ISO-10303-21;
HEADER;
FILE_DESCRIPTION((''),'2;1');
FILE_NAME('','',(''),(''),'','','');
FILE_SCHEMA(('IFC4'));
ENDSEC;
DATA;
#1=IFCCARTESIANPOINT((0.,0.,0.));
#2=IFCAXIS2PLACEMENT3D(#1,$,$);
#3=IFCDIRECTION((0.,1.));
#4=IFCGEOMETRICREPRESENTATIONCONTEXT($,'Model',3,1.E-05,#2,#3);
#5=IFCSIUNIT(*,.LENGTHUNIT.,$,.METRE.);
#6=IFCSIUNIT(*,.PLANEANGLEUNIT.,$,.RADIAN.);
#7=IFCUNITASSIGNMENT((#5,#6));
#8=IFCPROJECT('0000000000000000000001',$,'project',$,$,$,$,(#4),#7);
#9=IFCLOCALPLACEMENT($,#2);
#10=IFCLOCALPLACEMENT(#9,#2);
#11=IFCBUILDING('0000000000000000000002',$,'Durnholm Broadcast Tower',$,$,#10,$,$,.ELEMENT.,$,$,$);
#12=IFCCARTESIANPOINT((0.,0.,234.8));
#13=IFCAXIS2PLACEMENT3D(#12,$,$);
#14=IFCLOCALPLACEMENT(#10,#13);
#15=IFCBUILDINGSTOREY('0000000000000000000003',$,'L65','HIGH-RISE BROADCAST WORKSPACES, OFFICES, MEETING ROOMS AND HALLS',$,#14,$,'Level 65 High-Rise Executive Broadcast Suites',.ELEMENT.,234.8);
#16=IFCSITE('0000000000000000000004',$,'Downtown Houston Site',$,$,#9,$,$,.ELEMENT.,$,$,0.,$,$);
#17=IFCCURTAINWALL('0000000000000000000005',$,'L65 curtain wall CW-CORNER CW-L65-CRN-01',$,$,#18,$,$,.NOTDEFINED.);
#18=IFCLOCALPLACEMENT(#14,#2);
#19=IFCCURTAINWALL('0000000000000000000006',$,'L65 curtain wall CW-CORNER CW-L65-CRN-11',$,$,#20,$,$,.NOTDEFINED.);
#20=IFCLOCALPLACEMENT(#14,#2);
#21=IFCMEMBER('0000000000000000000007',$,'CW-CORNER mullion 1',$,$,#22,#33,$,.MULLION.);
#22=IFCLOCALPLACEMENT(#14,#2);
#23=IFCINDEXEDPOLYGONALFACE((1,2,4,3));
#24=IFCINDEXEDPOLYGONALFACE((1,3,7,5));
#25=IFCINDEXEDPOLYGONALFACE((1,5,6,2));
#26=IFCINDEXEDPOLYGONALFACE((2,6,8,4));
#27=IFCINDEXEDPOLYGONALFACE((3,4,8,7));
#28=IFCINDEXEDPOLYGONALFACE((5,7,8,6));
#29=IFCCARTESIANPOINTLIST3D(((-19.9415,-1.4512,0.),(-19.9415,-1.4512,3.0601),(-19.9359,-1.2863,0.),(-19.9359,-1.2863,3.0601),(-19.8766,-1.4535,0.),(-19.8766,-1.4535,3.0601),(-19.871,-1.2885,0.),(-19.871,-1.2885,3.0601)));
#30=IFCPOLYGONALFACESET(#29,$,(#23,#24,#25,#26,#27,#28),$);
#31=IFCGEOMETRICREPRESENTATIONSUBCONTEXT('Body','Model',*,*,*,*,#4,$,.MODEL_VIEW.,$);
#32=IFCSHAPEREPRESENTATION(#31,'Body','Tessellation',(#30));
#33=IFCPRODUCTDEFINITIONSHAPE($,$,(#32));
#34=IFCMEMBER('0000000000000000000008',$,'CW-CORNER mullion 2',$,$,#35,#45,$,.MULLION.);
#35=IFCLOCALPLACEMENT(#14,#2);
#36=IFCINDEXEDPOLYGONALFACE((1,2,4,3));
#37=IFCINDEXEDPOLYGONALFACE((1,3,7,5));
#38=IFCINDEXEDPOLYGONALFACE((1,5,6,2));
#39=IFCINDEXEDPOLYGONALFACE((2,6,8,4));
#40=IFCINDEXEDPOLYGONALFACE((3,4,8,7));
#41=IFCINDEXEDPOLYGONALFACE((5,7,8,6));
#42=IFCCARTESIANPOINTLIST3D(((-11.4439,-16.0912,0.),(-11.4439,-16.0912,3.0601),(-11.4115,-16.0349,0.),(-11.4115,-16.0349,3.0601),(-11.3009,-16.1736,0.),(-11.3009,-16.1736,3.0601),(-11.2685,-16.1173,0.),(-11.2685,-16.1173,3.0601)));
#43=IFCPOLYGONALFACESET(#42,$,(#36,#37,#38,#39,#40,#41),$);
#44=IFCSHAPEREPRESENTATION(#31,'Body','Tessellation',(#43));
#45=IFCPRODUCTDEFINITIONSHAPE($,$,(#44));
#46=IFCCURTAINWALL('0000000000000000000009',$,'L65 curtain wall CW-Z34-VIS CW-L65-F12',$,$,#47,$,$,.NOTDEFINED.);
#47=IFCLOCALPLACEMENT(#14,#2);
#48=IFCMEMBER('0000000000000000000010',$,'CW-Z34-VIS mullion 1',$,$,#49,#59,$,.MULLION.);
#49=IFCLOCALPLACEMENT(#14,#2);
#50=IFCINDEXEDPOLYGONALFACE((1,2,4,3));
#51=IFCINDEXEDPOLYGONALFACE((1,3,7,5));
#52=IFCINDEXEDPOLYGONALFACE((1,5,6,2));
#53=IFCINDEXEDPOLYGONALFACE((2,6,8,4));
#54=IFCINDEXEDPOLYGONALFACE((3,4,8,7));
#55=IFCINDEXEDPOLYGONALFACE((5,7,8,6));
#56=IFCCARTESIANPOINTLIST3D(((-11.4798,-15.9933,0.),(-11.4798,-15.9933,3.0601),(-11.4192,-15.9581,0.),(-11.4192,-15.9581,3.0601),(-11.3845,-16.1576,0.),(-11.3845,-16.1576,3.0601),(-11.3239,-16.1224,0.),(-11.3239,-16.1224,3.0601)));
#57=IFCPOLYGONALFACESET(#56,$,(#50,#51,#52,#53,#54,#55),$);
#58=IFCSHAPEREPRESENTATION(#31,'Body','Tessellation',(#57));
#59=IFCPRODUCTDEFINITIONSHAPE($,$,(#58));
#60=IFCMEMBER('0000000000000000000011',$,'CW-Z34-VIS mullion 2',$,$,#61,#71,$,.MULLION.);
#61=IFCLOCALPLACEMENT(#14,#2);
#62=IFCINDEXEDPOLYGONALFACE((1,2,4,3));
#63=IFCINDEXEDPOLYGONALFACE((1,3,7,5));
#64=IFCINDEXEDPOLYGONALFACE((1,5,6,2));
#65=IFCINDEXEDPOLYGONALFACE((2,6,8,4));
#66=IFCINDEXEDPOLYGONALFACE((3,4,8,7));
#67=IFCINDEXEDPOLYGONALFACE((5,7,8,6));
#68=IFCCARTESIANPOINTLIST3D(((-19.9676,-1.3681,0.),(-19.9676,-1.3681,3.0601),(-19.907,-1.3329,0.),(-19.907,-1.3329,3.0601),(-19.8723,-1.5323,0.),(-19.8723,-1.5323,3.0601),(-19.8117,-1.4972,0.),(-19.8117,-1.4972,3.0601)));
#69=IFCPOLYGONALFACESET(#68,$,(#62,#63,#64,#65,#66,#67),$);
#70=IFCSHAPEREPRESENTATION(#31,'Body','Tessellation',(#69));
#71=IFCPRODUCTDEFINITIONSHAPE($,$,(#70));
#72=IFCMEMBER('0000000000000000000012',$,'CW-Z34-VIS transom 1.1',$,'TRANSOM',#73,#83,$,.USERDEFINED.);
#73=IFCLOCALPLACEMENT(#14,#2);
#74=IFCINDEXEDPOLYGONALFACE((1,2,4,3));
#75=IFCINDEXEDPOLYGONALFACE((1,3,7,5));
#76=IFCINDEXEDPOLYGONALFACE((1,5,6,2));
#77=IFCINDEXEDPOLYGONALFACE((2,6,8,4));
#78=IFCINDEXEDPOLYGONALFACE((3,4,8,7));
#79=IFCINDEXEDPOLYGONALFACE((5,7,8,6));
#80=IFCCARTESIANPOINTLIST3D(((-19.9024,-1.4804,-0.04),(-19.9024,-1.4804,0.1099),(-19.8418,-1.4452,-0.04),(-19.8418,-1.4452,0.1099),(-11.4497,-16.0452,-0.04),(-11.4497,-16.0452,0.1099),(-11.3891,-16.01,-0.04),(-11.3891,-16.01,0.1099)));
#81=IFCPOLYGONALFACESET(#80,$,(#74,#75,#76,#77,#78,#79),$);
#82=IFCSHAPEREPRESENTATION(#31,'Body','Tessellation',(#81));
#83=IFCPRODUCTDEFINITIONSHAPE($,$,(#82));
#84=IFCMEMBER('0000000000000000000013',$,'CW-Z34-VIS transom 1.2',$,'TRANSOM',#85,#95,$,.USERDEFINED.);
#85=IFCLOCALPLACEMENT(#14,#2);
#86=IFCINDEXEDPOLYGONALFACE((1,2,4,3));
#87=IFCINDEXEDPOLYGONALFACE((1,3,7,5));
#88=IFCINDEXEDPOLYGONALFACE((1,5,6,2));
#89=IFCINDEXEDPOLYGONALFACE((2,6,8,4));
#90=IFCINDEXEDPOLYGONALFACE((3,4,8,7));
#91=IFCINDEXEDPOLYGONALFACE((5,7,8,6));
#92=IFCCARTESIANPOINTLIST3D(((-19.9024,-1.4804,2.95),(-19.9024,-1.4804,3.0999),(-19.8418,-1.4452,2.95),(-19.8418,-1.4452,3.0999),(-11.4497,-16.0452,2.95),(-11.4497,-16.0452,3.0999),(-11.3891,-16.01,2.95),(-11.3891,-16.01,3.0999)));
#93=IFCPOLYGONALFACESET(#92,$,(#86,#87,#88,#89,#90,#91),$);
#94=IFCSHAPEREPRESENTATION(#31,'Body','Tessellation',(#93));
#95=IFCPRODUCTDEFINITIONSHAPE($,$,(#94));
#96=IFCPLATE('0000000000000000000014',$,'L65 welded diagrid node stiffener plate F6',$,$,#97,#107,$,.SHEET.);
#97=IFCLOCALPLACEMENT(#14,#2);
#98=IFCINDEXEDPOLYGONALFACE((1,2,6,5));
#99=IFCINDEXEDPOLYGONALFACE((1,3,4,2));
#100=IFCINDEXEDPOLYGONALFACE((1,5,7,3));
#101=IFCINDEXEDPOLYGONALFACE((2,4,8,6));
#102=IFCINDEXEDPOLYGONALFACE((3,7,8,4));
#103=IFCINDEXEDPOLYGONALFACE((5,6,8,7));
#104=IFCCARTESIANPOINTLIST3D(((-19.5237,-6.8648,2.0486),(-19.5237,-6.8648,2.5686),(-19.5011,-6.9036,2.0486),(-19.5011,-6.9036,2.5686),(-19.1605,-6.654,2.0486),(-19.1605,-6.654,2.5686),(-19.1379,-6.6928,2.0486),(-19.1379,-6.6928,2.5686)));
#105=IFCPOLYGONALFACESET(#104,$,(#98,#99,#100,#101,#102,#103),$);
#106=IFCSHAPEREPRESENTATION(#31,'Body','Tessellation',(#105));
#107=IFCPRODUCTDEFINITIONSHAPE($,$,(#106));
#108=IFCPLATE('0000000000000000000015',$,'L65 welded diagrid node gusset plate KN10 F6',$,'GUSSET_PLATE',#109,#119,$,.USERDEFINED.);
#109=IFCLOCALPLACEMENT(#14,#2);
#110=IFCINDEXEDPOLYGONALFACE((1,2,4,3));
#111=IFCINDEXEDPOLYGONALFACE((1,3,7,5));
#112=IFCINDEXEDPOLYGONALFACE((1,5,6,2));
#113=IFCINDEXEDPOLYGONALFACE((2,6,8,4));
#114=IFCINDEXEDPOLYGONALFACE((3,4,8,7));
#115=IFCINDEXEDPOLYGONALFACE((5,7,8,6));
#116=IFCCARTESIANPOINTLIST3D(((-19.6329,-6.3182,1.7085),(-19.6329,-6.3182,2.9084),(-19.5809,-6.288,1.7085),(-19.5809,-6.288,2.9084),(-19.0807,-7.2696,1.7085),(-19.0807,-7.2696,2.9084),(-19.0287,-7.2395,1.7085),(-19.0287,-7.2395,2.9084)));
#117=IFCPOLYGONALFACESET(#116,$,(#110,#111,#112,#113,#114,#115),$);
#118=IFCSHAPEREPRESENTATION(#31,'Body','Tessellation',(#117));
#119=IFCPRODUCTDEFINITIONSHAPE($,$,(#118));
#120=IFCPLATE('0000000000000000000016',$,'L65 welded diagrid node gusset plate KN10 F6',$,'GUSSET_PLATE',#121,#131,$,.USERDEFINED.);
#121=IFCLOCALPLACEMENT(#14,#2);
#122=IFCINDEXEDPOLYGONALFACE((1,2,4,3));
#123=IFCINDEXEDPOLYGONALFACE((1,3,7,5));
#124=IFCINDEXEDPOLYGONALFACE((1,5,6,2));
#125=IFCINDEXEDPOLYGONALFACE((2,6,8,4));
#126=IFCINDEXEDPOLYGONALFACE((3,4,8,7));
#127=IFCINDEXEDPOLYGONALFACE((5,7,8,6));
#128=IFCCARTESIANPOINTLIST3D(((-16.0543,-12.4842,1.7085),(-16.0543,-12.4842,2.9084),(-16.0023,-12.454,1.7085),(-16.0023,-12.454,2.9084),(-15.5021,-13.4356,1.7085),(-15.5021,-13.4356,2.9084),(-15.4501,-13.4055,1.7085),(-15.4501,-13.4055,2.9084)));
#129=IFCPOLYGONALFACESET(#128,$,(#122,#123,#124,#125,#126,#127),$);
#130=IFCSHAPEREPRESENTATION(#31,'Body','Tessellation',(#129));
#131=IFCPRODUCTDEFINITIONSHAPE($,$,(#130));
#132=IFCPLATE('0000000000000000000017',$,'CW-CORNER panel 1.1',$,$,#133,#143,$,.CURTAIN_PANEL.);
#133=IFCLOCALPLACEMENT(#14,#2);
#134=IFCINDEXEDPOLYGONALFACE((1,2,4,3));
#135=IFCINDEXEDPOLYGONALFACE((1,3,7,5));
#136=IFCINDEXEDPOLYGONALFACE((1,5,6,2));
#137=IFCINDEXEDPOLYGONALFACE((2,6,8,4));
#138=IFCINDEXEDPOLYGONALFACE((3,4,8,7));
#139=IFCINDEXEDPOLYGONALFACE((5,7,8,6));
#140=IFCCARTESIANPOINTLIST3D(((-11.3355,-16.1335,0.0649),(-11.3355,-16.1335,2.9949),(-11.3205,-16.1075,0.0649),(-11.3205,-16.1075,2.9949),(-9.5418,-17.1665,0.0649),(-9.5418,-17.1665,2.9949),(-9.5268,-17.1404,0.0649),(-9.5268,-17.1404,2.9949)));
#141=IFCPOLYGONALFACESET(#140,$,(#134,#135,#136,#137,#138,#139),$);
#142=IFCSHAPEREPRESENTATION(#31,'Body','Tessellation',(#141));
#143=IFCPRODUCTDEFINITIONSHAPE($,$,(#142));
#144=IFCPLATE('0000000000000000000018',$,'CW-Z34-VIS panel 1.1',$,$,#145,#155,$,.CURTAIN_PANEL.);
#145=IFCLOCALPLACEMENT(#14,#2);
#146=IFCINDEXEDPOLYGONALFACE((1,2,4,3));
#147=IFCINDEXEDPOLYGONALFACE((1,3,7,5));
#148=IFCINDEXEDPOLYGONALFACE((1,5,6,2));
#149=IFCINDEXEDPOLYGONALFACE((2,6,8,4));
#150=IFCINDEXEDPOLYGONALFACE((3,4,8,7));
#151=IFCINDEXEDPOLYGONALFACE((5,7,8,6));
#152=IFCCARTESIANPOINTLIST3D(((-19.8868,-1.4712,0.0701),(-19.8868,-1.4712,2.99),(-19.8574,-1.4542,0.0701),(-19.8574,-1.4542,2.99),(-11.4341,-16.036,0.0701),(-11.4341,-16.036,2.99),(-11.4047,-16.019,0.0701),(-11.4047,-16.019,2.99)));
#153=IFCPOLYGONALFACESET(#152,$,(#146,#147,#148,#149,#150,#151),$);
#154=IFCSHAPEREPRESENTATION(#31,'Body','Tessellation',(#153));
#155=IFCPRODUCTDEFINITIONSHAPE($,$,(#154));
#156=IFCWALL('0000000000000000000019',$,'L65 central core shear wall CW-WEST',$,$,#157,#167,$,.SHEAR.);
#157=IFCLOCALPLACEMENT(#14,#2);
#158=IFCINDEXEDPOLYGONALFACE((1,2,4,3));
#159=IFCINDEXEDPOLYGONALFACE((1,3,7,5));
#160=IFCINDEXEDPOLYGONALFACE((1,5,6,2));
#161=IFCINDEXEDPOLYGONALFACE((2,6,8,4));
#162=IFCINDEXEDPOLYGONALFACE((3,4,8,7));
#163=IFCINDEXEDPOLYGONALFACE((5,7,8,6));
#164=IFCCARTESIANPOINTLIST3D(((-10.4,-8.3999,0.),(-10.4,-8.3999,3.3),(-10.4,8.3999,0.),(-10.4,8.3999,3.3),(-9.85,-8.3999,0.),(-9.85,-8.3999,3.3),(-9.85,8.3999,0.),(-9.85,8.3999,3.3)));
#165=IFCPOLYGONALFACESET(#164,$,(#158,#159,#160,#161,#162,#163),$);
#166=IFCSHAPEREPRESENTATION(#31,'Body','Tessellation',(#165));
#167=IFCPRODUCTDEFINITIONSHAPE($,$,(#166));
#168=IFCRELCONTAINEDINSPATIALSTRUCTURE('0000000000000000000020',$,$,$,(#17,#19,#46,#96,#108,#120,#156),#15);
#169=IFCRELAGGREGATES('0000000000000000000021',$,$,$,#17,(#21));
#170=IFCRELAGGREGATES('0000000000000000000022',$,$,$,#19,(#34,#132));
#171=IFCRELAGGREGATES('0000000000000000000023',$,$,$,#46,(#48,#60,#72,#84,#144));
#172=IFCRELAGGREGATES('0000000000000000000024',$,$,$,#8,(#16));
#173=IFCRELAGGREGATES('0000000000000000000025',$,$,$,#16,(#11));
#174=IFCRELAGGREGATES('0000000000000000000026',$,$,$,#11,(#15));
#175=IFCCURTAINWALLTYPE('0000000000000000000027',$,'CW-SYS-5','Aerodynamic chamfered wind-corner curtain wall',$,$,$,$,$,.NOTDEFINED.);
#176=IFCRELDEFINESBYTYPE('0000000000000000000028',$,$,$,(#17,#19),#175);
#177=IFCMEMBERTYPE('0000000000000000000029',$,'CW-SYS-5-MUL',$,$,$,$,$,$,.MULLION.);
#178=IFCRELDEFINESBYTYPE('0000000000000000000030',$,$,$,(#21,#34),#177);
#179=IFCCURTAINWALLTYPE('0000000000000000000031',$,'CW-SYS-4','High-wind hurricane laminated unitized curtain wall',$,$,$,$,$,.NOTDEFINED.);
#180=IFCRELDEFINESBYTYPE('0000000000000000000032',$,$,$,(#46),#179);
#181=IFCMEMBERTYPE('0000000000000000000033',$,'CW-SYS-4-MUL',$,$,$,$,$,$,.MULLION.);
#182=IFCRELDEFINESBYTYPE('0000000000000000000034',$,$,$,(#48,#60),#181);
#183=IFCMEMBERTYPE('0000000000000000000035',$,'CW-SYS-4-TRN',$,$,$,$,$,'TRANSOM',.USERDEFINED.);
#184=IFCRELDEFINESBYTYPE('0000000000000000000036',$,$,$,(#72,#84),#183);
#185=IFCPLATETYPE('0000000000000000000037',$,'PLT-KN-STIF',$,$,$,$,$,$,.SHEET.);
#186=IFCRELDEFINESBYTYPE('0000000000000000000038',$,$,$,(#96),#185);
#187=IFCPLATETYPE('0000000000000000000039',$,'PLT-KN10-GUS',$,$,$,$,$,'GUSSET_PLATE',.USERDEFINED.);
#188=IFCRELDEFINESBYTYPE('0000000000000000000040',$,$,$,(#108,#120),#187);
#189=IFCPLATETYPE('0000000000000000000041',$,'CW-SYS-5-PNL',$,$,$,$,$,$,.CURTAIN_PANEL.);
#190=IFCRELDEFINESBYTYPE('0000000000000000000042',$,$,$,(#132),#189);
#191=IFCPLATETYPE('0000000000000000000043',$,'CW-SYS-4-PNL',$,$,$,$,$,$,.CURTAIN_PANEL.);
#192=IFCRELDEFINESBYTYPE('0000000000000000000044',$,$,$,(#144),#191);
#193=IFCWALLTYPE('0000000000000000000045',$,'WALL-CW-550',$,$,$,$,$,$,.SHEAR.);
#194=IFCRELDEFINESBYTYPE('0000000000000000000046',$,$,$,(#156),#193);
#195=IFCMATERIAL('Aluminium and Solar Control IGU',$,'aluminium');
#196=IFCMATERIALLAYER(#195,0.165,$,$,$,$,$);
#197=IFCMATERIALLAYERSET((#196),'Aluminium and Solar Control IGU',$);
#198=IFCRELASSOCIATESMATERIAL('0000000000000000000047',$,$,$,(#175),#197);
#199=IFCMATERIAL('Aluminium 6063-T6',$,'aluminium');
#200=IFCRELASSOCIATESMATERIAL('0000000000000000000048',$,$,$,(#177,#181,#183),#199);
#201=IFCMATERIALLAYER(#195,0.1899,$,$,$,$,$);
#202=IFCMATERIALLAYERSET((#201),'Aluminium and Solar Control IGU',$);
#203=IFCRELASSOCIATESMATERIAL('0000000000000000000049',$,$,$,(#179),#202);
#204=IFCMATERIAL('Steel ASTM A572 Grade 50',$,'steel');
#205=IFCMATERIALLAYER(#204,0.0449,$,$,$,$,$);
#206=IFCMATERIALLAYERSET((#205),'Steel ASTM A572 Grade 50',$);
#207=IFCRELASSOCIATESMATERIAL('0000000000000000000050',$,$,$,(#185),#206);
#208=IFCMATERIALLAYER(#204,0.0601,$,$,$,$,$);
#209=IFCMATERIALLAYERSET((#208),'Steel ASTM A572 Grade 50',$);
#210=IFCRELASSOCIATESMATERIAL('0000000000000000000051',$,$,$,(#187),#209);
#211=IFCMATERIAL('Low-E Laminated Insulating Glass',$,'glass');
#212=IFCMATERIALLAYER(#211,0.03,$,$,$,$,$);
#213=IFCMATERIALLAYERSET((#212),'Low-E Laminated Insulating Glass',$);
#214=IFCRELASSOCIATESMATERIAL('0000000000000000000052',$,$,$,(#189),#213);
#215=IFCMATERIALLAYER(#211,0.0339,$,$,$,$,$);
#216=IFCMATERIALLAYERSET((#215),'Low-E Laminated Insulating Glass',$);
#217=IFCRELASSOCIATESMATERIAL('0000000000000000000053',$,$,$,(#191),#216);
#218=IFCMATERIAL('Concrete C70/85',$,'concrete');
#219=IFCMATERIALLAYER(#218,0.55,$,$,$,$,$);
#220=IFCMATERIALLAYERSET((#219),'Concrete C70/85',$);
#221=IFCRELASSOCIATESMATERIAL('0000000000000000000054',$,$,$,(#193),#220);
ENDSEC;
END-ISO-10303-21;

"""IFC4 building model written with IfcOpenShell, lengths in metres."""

from ifc_helpers import new_model, si_unit, direction, frame, frame_2d, origin, origin_2d, place, context, subcontext, project, spatial, rectangle, extrude, source, transform, mapped, material, layer, layer_set, material_profile, profile_set, type_object, type_shapes, element, aggregate, save


model = new_model("IFC4")

# Units and contexts
model_context = context("Model", 3, precision=1e-05, world=origin(), true_north=direction((0.0, 1.0)))
body_context = subcontext(model_context, "Body", "Model", "MODEL_VIEW")
ifc_project = project(units=[si_unit("LENGTHUNIT", "METRE"), si_unit("PLANEANGLEUNIT", "RADIAN")], contexts=[model_context])

# Site, building, storey
site_placement = place(None, origin())
site = spatial("IfcSite", under=ifc_project, at=site_placement, Name="Downtown Houston Site", CompositionType="ELEMENT", RefElevation=0.0)
building_placement = place(site_placement, origin())
building = spatial("IfcBuilding", under=site, at=building_placement, Name="Durnholm Broadcast Tower", CompositionType="ELEMENT")
storey_placement = place(building_placement, frame((0.0, 0.0, 234.8)))
storey = spatial("IfcBuildingStorey", under=building, at=storey_placement, Name="L65", Description="HIGH-RISE BROADCAST WORKSPACES, OFFICES, MEETING ROOMS AND HALLS", LongName="Level 65 High-Rise Executive Broadcast Suites", CompositionType="ELEMENT", Elevation=234.8)

# Shared definitions
ifc_material_1 = material(Name="Concrete C70/85", Category="concrete")

# Curtain wall
ifc_material_2 = material(Name="Aluminium and Solar Control IGU", Category="aluminium")
ifc_layer_1 = layer(ifc_material_2, 0.165)
ifc_layer_set_1 = layer_set([ifc_layer_1], Name="Aluminium and Solar Control IGU")
curtain_wall_type_1 = type_object("IfcCurtainWallType", Name="CW-SYS-5", Description="Aerodynamic chamfered wind-corner curtain wall", PredefinedType="NOTDEFINED", material=ifc_layer_set_1)
curtain_wall_1_placement = place(storey_placement, origin())
curtain_wall_1 = element("IfcCurtainWall", 1, at=curtain_wall_1_placement, inside=storey, type_object=curtain_wall_type_1, Name="L65 curtain wall CW-CORNER CW-L65-CRN-01", PredefinedType="NOTDEFINED")
ifc_material_3 = material(Name="Aluminium 6063-T6", Category="aluminium")

# Curtain wall
curtain_wall_2_placement = place(storey_placement, origin())
curtain_wall_2 = element("IfcCurtainWall", 2, at=curtain_wall_2_placement, inside=storey, type_object=curtain_wall_type_1, Name="L65 curtain wall CW-CORNER CW-L65-CRN-11", PredefinedType="NOTDEFINED")

# Members
ifc_material_profile_1 = material_profile(ifc_material_3, rectangle(XDim=0.0649, YDim=0.165, at=origin_2d()), Name="CWM65X165")
ifc_profile_set_1 = profile_set([ifc_material_profile_1], Name="Aluminium 6063-T6")
member_type_1 = type_object("IfcMemberType", Name="CW-SYS-5-MUL", PredefinedType="MULLION", material=ifc_profile_set_1)
shared_shape_1 = source(origin(), body_context, "Body", "SweptSolid", [
    extrude(rectangle(XDim=0.0649, YDim=0.165, at=origin_2d()), origin(), (0.0, 0.0, 1.0), 3.0601),
])
type_shapes(member_type_1, [shared_shape_1])
member_1_placement = place(storey_placement, frame((-19.9062, -1.3699, 0.0), z_axis=(0.0, 0.0, 1.0), x_axis=(-0.999411, 0.034318, 0.0)))
member_1 = element("IfcMember", 3, at=member_1_placement, type_object=member_type_1, Name="CW-CORNER mullion 1", PredefinedType="MULLION", context=body_context, shape_type="MappedRepresentation", body=[
    mapped(shared_shape_1, transform((0.0, 0.0, 0.0), x_axis=(1.0, 0.0, 0.0), y_axis=(0.0, 1.0, 0.0), z_axis=(0.0, 0.0, 1.0), scale=1.0)),
])
aggregate(curtain_wall_1, [member_1])
member_2_placement = place(storey_placement, frame((-11.3562, -16.1042, 0.0), z_axis=(0.0, 0.0, 1.0), x_axis=(-0.499059, -0.866568, 0.0)))
member_2 = element("IfcMember", 4, at=member_2_placement, type_object=member_type_1, Name="CW-CORNER mullion 2", PredefinedType="MULLION", context=body_context, shape_type="MappedRepresentation", body=[
    mapped(shared_shape_1, transform((0.0, 0.0, 0.0), x_axis=(1.0, 0.0, 0.0), y_axis=(0.0, 1.0, 0.0), z_axis=(0.0, 0.0, 1.0), scale=1.0)),
])

# Curtain wall, members
ifc_layer_2 = layer(ifc_material_2, 0.1899)
ifc_layer_set_2 = layer_set([ifc_layer_2], Name="Aluminium and Solar Control IGU")
curtain_wall_type_2 = type_object("IfcCurtainWallType", Name="CW-SYS-4", Description="High-wind hurricane laminated unitized curtain wall", PredefinedType="NOTDEFINED", material=ifc_layer_set_2)
curtain_wall_3_placement = place(storey_placement, origin())
curtain_wall_3 = element("IfcCurtainWall", 5, at=curtain_wall_3_placement, inside=storey, type_object=curtain_wall_type_2, Name="L65 curtain wall CW-Z34-VIS CW-L65-F12", PredefinedType="NOTDEFINED")
ifc_material_profile_2 = material_profile(ifc_material_3, rectangle(XDim=0.0701, YDim=0.1899, at=origin_2d()), Name="CWM70X190")
ifc_profile_set_2 = profile_set([ifc_material_profile_2], Name="Aluminium 6063-T6")
member_type_2 = type_object("IfcMemberType", Name="CW-SYS-4-MUL", PredefinedType="MULLION", material=ifc_profile_set_2)
shared_shape_2 = source(origin(), body_context, "Body", "SweptSolid", [
    extrude(rectangle(XDim=0.0701, YDim=0.1899, at=origin_2d()), origin(), (0.0, 0.0, 1.0), 3.0601),
])
type_shapes(member_type_2, [shared_shape_2])
member_3_placement = place(storey_placement, frame((-11.4019, -16.0579, 0.0), z_axis=(0.0, 0.0, 1.0), x_axis=(-0.8649, -0.501944, 0.0)))
member_3 = element("IfcMember", 6, at=member_3_placement, type_object=member_type_2, Name="CW-Z34-VIS mullion 1", PredefinedType="MULLION", context=body_context, shape_type="MappedRepresentation", body=[
    mapped(shared_shape_2, transform((0.0, 0.0, 0.0), x_axis=(1.0, 0.0, 0.0), y_axis=(0.0, 1.0, 0.0), z_axis=(0.0, 0.0, 1.0), scale=1.0)),
])
member_4_placement = place(storey_placement, frame((-19.8896, -1.4326, 0.0), z_axis=(0.0, 0.0, 1.0), x_axis=(-0.8649, -0.501944, 0.0)))
member_4 = element("IfcMember", 7, at=member_4_placement, type_object=member_type_2, Name="CW-Z34-VIS mullion 2", PredefinedType="MULLION", context=body_context, shape_type="MappedRepresentation", body=[
    mapped(shared_shape_2, transform((0.0, 0.0, 0.0), x_axis=(1.0, 0.0, 0.0), y_axis=(0.0, 1.0, 0.0), z_axis=(0.0, 0.0, 1.0), scale=1.0)),
])
ifc_material_profile_3 = material_profile(ifc_material_3, rectangle(XDim=0.0701, YDim=0.1499, at=origin_2d()), Name="CWT70X150")
ifc_profile_set_3 = profile_set([ifc_material_profile_3], Name="Aluminium 6063-T6")
member_type_3 = type_object("IfcMemberType", Name="CW-SYS-4-TRN", ElementType="TRANSOM", PredefinedType="USERDEFINED", material=ifc_profile_set_3)
shared_shape_3 = source(origin(), body_context, "Body", "SweptSolid", [
    extrude(rectangle(XDim=0.0701, YDim=0.1499, at=origin_2d()), origin(), (0.0, 0.0, 1.0), 16.8398),
])
type_shapes(member_type_3, [shared_shape_3])
member_5_placement = place(storey_placement, frame((-11.4194, -16.0276, 0.0349), z_axis=(-0.501945, 0.864899, 0.0), x_axis=(-0.864899, -0.501945, 0.0)))
member_5 = element("IfcMember", 8, at=member_5_placement, type_object=member_type_3, Name="CW-Z34-VIS transom 1.1", ObjectType="TRANSOM", PredefinedType="USERDEFINED", context=body_context, shape_type="MappedRepresentation", body=[
    mapped(shared_shape_3, transform((0.0, 0.0, 0.0), x_axis=(1.0, 0.0, 0.0), y_axis=(0.0, 1.0, 0.0), z_axis=(0.0, 0.0, 1.0), scale=1.0)),
])
member_6_placement = place(storey_placement, frame((-11.4194, -16.0276, 3.0249), z_axis=(-0.501945, 0.864899, 0.0), x_axis=(-0.864899, -0.501945, 0.0)))
member_6 = element("IfcMember", 9, at=member_6_placement, type_object=member_type_3, Name="CW-Z34-VIS transom 1.2", ObjectType="TRANSOM", PredefinedType="USERDEFINED", context=body_context, shape_type="MappedRepresentation", body=[
    mapped(shared_shape_3, transform((0.0, 0.0, 0.0), x_axis=(1.0, 0.0, 0.0), y_axis=(0.0, 1.0, 0.0), z_axis=(0.0, 0.0, 1.0), scale=1.0)),
])

# Plates
ifc_material_4 = material(Name="Steel ASTM A572 Grade 50", Category="steel")
ifc_layer_3 = layer(ifc_material_4, 0.0449)
ifc_layer_set_3 = layer_set([ifc_layer_3], Name="Steel ASTM A572 Grade 50")
plate_type_1 = type_object("IfcPlateType", Name="PLT-KN-STIF", PredefinedType="SHEET", material=ifc_layer_set_3)
shared_shape_4 = source(origin(), body_context, "Body", "SweptSolid", [
    extrude(rectangle(XDim=0.0449, YDim=0.4199, at=origin_2d()), origin(), (0.0, 0.0, 1.0), 0.52),
])
type_shapes(plate_type_1, [shared_shape_4])
plate_1_placement = place(storey_placement, frame((-19.3308, -6.7788, 2.0486), z_axis=(0.0, 0.0, 1.0), x_axis=(0.501964, -0.864889, 0.0)))
element("IfcPlate", 10, at=plate_1_placement, inside=storey, type_object=plate_type_1, Name="L65 welded diagrid node stiffener plate F6", PredefinedType="SHEET", context=body_context, shape_type="MappedRepresentation", body=[
    mapped(shared_shape_4, transform((0.0, 0.0, 0.0), x_axis=(1.0, 0.0, 0.0), y_axis=(0.0, 1.0, 0.0), z_axis=(0.0, 0.0, 1.0), scale=1.0)),
])
ifc_layer_4 = layer(ifc_material_4, 0.0601)
ifc_layer_set_4 = layer_set([ifc_layer_4], Name="Steel ASTM A572 Grade 50")
plate_type_2 = type_object("IfcPlateType", Name="PLT-KN10-GUS", ElementType="GUSSET_PLATE", PredefinedType="USERDEFINED", material=ifc_layer_set_4)
shared_shape_5 = source(origin(), body_context, "Body", "SweptSolid", [
    extrude(rectangle(XDim=1.1001, YDim=0.0601, at=origin_2d()), origin(), (0.0, 0.0, 1.0), 1.2),
])
type_shapes(plate_type_2, [shared_shape_5])
for number, where, z_axis, x_axis, name in (
    (11, (-19.3308, -6.7788, 1.7085), (0.0, 0.0, 1.0), (0.501964, -0.864889, 0.0), "L65 welded diagrid node gusset plate KN10 F6"),
    (12, (-15.7522, -12.9448, 1.7085), (0.0, 0.0, 1.0), (0.501964, -0.864889, 0.0), "L65 welded diagrid node gusset plate KN10 F6"),
):
    element("IfcPlate", number, at=place(storey_placement, frame(where, z_axis=z_axis, x_axis=x_axis)), inside=storey, type_object=plate_type_2, Name=name, ObjectType="GUSSET_PLATE", PredefinedType="USERDEFINED", context=body_context, shape_type="MappedRepresentation", body=[
        mapped(shared_shape_5, transform((0.0, 0.0, 0.0), x_axis=(1.0, 0.0, 0.0), y_axis=(0.0, 1.0, 0.0), z_axis=(0.0, 0.0, 1.0), scale=1.0)),
    ])

# Plates
ifc_material_5 = material(Name="Low-E Laminated Insulating Glass", Category="glass")
ifc_layer_5 = layer(ifc_material_5, 0.03)
ifc_layer_set_5 = layer_set([ifc_layer_5], Name="Low-E Laminated Insulating Glass")
plate_type_3 = type_object("IfcPlateType", Name="CW-SYS-5-PNL", PredefinedType="CURTAIN_PANEL", material=ifc_layer_set_5)
shared_shape_6 = source(origin(), body_context, "Body", "SweptSolid", [
    extrude(rectangle(XDim=2.0698, YDim=0.03, at=origin_2d()), origin(), (0.0, 0.0, 1.0), 2.9299),
])
type_shapes(plate_type_3, [shared_shape_6])
plate_2_placement = place(storey_placement, frame((-10.4312, -16.637, 0.0649), z_axis=(0.0, 0.0, 1.0), x_axis=(-0.866568, 0.499059, 0.0)))
plate_2 = element("IfcPlate", 13, at=plate_2_placement, type_object=plate_type_3, Name="CW-CORNER panel 1.1", PredefinedType="CURTAIN_PANEL", context=body_context, shape_type="MappedRepresentation", body=[
    mapped(shared_shape_6, transform((0.0, 0.0, 0.0), x_axis=(1.0, 0.0, 0.0), y_axis=(0.0, 1.0, 0.0), z_axis=(0.0, 0.0, 1.0), scale=1.0)),
])
aggregate(curtain_wall_2, [member_2, plate_2])
ifc_layer_6 = layer(ifc_material_5, 0.0339)
ifc_layer_set_6 = layer_set([ifc_layer_6], Name="Low-E Laminated Insulating Glass")
plate_type_4 = type_object("IfcPlateType", Name="CW-SYS-4-PNL", PredefinedType="CURTAIN_PANEL", material=ifc_layer_set_6)
shared_shape_7 = source(origin(), body_context, "Body", "SweptSolid", [
    extrude(rectangle(XDim=16.8398, YDim=0.0339, at=origin_2d()), origin(), (0.0, 0.0, 1.0), 2.9199),
])
type_shapes(plate_type_4, [shared_shape_7])
plate_3_placement = place(storey_placement, frame((-15.6458, -8.7451, 0.0701), z_axis=(0.0, 0.0, 1.0), x_axis=(-0.501944, 0.8649, 0.0)))
plate_3 = element("IfcPlate", 14, at=plate_3_placement, type_object=plate_type_4, Name="CW-Z34-VIS panel 1.1", PredefinedType="CURTAIN_PANEL", context=body_context, shape_type="MappedRepresentation", body=[
    mapped(shared_shape_7, transform((0.0, 0.0, 0.0), x_axis=(1.0, 0.0, 0.0), y_axis=(0.0, 1.0, 0.0), z_axis=(0.0, 0.0, 1.0), scale=1.0)),
])
aggregate(curtain_wall_3, [member_3, member_4, member_5, member_6, plate_3])

# Wall
ifc_layer_7 = layer(ifc_material_1, 0.55)
ifc_layer_set_7 = layer_set([ifc_layer_7], Name="Concrete C70/85")
wall_type_1 = type_object("IfcWallType", Name="WALL-CW-550", PredefinedType="SHEAR", material=ifc_layer_set_7)
wall_1_placement = place(storey_placement, frame((-10.125, -8.3999, 0.0), z_axis=(0.0, 0.0, 1.0), x_axis=(0.0, 1.0, 0.0)))
element("IfcWall", 15, at=wall_1_placement, inside=storey, type_object=wall_type_1, Name="L65 central core shear wall CW-WEST", PredefinedType="SHEAR", context=body_context, shape_type="SweptSolid", body=[
    extrude(rectangle(XDim=16.7998, YDim=0.55, at=frame_2d((8.3999, 0.0))), origin(), (0.0, 0.0, 1.0), 3.3),
])

save(model, "model.ifc")
